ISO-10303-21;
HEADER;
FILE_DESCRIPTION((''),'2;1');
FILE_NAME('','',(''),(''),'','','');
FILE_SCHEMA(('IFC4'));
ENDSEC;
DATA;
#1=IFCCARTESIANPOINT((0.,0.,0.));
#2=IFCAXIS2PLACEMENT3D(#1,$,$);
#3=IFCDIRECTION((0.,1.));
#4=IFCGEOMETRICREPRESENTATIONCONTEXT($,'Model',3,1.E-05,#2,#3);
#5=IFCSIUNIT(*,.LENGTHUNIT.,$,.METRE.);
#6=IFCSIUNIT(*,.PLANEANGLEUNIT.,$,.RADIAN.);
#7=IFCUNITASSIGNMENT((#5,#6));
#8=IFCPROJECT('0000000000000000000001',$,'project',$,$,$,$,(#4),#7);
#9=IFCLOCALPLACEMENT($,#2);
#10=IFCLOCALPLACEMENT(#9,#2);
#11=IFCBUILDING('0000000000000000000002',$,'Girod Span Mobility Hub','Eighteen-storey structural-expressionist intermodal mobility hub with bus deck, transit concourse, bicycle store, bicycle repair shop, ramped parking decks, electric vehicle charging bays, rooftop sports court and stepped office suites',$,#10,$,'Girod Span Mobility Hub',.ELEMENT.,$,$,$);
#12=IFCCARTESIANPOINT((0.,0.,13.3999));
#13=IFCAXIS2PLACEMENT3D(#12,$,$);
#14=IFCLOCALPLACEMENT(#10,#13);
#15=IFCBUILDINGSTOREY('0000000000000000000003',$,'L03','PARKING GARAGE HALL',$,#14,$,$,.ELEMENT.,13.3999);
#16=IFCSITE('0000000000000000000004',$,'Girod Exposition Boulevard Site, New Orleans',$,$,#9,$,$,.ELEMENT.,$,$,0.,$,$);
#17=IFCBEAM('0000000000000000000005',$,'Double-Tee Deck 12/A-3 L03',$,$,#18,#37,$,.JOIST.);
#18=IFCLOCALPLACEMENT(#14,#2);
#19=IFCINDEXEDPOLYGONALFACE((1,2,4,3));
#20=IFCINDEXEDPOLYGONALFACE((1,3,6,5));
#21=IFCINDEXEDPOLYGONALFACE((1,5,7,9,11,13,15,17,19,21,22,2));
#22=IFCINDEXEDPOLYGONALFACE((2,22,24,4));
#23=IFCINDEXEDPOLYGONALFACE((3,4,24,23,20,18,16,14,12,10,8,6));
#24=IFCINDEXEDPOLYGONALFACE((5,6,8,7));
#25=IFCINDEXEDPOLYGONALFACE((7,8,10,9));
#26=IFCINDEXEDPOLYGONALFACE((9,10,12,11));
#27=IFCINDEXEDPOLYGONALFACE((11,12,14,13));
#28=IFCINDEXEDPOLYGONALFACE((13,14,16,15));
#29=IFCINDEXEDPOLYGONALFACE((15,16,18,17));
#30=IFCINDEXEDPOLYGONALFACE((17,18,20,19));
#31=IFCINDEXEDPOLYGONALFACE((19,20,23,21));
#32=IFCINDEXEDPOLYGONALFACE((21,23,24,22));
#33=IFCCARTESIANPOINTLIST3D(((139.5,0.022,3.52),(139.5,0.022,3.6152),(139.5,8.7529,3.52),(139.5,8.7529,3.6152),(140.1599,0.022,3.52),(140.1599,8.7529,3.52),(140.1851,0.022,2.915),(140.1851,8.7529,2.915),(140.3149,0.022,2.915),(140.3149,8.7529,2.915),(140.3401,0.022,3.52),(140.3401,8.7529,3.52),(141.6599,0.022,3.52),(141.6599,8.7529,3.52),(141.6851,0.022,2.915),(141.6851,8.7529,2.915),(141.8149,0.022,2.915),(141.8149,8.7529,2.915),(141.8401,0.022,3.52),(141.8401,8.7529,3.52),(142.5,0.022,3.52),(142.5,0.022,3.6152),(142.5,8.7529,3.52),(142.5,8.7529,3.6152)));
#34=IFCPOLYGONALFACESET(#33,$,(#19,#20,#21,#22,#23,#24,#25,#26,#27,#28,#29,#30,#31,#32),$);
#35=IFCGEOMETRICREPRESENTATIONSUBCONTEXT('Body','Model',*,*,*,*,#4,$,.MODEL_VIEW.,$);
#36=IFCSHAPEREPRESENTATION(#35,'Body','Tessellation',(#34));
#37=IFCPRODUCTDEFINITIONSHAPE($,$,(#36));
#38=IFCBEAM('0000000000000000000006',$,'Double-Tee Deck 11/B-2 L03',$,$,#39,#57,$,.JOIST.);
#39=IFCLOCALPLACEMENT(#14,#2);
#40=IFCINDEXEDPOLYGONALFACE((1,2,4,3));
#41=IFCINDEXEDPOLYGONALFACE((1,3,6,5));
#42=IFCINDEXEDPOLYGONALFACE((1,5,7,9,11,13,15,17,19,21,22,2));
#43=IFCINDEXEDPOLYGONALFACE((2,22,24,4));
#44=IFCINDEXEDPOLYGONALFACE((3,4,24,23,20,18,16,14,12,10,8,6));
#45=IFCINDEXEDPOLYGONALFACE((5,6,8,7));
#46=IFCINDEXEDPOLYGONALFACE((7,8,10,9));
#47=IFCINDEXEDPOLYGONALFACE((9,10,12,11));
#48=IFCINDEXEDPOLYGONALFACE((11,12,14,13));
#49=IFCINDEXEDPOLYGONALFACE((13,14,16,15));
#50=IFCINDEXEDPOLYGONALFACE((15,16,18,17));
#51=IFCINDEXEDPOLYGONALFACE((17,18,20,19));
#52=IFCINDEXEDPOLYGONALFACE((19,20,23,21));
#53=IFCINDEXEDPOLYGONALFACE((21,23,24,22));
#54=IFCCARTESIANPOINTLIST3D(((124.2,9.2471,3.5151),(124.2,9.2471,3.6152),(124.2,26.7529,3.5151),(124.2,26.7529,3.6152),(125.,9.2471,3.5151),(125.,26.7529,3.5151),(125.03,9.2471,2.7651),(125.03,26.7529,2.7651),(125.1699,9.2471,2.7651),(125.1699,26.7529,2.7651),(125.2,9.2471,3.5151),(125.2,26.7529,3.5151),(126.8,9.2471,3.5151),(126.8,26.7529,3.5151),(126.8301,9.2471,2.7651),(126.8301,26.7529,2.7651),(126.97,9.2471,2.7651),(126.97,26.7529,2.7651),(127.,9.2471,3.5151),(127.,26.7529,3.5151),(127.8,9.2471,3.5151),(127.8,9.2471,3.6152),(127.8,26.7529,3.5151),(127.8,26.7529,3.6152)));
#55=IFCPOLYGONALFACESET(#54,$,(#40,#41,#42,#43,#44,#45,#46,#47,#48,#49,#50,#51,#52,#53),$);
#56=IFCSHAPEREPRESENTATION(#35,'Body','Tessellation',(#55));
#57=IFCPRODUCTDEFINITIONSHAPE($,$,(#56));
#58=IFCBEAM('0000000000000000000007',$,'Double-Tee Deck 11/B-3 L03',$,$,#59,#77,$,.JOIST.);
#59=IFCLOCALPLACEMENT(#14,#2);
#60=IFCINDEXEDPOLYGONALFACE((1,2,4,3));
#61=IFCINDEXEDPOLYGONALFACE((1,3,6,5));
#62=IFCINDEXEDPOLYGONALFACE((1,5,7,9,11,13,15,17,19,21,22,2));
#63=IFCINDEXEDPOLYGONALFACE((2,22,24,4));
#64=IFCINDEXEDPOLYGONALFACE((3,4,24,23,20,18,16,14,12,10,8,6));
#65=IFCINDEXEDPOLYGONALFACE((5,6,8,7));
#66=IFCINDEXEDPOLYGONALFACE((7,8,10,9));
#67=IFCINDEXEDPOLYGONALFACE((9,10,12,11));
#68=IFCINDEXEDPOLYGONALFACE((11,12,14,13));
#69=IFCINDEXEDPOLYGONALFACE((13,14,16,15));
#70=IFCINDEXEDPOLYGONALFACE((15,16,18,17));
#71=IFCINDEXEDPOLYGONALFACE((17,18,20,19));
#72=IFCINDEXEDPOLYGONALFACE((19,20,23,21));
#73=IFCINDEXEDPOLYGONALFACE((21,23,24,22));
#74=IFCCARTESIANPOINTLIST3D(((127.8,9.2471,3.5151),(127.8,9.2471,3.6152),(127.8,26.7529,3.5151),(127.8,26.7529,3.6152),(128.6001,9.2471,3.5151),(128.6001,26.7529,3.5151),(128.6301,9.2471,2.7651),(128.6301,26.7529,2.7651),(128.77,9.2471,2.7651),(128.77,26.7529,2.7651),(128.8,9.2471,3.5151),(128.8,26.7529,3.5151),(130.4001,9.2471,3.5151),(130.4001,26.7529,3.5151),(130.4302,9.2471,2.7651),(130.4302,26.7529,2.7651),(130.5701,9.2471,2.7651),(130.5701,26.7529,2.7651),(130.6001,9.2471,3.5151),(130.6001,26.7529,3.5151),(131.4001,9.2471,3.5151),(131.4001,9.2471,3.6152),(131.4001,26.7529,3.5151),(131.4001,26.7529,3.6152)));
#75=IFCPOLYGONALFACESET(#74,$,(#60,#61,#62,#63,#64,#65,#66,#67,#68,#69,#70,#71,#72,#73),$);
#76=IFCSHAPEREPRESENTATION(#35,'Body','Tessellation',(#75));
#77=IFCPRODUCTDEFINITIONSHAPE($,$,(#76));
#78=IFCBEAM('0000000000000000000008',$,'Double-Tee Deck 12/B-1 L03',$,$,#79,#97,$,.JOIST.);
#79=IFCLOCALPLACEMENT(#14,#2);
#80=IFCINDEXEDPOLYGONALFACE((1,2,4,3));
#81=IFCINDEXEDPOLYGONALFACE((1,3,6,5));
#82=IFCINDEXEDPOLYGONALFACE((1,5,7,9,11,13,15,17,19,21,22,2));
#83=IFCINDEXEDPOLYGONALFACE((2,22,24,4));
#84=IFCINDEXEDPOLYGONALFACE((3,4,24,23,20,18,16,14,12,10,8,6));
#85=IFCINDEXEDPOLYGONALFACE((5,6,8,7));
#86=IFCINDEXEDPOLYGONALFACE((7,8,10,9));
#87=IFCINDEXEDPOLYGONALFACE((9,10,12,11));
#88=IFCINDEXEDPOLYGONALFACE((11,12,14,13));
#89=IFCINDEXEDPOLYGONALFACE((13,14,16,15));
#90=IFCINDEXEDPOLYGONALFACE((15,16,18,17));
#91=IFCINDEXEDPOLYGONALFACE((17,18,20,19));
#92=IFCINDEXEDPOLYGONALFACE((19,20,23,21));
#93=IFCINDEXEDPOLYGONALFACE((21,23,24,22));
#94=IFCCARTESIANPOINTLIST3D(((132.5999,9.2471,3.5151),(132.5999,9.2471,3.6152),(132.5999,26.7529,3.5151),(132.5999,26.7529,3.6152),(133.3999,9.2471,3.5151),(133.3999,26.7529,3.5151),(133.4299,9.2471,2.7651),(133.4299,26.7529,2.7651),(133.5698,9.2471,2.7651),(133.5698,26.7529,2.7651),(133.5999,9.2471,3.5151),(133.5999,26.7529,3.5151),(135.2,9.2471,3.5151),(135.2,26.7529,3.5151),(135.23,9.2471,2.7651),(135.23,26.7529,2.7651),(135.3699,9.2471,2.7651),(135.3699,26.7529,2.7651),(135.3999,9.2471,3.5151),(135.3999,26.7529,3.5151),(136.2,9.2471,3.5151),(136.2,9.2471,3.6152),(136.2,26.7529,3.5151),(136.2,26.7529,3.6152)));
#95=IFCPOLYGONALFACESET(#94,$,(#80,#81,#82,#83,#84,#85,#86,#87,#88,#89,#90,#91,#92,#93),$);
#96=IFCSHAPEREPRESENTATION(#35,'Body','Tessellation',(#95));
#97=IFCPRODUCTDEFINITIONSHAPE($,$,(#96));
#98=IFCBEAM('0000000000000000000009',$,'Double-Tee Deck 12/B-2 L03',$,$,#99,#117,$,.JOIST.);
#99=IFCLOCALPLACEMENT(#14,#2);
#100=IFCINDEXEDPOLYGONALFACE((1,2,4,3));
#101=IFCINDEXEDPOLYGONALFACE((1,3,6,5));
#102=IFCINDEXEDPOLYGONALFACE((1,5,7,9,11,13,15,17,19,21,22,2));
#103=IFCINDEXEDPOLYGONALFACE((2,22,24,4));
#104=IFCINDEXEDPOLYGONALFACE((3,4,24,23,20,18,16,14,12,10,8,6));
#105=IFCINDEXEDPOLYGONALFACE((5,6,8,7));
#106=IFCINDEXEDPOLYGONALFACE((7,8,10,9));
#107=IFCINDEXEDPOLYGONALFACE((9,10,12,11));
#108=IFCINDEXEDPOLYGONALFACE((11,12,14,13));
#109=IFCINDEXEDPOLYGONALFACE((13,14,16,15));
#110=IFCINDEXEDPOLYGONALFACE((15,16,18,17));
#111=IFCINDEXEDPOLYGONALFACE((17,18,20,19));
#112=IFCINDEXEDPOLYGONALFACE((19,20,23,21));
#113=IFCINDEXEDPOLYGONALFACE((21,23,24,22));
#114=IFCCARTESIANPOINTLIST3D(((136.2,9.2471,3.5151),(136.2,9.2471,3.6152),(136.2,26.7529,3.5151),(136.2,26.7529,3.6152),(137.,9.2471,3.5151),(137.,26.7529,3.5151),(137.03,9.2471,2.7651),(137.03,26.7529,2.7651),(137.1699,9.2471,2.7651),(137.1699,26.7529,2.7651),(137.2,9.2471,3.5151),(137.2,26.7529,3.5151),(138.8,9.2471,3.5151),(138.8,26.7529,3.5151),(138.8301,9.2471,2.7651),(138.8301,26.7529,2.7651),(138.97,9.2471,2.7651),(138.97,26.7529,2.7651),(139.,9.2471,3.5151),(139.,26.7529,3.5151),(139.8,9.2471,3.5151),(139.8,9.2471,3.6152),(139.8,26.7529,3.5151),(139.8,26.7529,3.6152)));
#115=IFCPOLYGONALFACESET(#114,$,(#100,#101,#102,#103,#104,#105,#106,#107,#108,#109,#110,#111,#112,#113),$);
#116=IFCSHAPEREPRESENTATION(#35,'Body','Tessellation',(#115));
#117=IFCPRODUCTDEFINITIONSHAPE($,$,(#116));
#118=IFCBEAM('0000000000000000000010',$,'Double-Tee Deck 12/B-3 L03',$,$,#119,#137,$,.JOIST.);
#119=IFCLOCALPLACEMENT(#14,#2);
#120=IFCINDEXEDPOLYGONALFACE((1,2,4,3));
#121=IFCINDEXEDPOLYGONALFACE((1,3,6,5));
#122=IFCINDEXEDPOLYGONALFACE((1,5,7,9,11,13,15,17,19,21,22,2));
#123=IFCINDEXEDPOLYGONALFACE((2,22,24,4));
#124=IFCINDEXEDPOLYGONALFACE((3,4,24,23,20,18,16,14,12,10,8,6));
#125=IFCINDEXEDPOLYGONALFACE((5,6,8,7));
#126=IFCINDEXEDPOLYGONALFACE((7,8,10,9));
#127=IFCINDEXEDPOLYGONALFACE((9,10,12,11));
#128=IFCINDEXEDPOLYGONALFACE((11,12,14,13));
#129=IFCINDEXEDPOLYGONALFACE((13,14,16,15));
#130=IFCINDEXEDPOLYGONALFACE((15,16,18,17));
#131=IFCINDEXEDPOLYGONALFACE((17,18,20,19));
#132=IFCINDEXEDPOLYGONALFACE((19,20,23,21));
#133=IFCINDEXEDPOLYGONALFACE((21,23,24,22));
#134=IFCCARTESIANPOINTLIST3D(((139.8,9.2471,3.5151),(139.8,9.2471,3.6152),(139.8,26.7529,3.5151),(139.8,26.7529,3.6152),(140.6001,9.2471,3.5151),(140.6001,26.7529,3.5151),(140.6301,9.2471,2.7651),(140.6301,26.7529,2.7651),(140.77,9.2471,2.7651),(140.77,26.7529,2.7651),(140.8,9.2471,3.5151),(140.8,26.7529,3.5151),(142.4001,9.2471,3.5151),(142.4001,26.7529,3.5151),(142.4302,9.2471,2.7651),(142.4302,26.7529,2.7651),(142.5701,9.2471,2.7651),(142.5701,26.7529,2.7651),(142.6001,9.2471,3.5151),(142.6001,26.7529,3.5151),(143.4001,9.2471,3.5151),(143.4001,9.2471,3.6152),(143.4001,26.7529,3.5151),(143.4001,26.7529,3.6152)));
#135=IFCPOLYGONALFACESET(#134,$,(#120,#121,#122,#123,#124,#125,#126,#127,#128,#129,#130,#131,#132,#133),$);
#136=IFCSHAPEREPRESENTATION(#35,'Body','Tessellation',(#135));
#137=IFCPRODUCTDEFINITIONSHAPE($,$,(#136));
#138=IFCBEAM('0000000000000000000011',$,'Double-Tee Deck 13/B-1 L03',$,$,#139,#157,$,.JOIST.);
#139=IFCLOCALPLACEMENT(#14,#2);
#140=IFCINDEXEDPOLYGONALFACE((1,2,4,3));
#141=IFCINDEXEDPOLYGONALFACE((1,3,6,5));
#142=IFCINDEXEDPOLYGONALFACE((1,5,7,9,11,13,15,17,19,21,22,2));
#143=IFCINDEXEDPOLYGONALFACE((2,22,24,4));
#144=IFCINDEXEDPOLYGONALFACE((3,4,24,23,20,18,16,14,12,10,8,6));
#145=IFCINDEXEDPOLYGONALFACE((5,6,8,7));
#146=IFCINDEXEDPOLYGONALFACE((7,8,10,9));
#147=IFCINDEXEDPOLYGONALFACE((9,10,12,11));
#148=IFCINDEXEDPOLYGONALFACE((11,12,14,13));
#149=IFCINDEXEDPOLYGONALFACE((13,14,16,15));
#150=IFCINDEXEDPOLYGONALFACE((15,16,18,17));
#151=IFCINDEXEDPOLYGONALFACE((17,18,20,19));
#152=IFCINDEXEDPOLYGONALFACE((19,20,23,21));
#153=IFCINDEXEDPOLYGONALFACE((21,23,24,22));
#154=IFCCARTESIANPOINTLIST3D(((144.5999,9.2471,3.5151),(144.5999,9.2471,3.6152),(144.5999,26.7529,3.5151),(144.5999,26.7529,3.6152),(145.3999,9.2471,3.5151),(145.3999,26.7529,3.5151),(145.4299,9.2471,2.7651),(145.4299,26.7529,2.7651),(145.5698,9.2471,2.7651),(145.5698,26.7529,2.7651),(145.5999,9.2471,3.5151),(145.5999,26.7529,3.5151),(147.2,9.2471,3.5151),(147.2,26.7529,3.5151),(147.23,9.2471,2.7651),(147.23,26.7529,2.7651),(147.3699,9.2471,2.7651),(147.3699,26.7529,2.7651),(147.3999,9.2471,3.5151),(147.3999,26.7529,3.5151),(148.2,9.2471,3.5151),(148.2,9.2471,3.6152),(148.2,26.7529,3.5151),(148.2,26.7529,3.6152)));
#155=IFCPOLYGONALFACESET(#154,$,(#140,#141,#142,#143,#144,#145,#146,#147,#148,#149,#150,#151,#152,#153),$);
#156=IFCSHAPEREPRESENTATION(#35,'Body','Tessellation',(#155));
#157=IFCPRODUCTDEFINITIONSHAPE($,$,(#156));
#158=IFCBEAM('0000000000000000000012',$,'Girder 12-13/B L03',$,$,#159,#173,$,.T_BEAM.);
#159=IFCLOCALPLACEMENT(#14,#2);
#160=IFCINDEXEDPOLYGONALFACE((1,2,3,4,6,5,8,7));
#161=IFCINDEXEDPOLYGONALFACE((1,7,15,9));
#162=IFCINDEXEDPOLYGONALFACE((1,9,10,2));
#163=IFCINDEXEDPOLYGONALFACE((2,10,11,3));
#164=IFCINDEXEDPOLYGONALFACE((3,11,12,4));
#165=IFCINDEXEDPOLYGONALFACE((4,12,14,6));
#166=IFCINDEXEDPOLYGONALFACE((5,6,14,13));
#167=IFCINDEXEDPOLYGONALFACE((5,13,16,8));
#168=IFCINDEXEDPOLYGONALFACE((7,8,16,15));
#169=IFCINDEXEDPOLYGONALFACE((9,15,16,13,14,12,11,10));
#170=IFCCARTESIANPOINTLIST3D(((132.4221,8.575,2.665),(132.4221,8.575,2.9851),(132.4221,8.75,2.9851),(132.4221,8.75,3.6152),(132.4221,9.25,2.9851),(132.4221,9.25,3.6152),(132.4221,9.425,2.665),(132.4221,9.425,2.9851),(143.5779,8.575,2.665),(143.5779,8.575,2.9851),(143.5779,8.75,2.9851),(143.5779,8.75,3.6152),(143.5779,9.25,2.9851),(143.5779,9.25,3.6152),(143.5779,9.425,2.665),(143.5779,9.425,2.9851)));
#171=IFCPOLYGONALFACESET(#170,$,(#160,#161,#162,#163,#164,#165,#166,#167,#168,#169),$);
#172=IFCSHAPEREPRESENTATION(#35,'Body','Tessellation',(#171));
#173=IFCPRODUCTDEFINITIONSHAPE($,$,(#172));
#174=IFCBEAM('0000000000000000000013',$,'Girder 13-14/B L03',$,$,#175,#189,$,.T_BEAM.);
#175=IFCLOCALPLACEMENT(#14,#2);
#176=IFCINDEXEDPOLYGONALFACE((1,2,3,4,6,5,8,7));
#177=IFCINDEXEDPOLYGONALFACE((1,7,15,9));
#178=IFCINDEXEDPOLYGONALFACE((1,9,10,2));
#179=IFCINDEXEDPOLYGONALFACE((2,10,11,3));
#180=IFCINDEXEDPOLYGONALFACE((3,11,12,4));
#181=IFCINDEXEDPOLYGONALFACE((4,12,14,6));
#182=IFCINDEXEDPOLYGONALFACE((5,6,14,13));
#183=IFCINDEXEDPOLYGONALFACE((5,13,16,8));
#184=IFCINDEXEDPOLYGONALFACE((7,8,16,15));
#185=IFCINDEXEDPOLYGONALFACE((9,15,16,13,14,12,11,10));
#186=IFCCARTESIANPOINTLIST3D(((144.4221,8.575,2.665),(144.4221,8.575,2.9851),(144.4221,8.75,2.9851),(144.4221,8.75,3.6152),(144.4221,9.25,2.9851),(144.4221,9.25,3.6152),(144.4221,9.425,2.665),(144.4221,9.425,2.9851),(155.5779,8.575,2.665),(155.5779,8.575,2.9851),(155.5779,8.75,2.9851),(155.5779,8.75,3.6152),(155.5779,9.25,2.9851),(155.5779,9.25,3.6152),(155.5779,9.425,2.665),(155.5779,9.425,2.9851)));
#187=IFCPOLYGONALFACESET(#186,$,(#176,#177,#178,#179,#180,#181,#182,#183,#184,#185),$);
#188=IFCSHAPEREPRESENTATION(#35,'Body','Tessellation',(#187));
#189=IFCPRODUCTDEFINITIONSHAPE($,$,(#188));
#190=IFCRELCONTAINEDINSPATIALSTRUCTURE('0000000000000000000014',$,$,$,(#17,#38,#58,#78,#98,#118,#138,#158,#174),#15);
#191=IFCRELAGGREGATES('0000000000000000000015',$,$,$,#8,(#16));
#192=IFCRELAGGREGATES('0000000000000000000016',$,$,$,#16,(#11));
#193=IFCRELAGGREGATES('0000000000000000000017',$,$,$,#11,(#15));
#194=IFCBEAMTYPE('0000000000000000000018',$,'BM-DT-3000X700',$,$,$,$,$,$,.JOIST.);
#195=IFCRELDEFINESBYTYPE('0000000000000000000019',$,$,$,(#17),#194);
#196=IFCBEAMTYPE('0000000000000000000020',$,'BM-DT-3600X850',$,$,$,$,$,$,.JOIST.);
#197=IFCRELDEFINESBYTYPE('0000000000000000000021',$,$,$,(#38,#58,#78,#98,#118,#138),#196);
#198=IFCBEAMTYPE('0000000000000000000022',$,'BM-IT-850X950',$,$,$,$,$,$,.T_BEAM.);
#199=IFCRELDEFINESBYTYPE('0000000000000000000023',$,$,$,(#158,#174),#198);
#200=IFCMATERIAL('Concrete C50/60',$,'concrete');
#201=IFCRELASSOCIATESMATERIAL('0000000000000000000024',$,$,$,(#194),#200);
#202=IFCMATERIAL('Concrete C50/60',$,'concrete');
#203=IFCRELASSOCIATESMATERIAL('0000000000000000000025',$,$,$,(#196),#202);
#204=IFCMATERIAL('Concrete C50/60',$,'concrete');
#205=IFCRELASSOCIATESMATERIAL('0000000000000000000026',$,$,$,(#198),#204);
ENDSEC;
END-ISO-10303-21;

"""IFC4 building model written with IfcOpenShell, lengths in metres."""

from ifc_helpers import new_model, si_unit, direction, frame, origin, place, context, subcontext, project, spatial, polyline, outline, extrude, material, material_profile, profile_set, type_object, element, save


model = new_model("IFC4")

# Units and contexts
model_context = context("Model", 3, precision=1e-05, world=origin(), true_north=direction((0.0, 1.0)))
body_context = subcontext(model_context, "Body", "Model", "MODEL_VIEW")
ifc_project = project(units=[si_unit("LENGTHUNIT", "METRE"), si_unit("PLANEANGLEUNIT", "RADIAN")], contexts=[model_context])

# Site, building, storey
site_placement = place(None, origin())
site = spatial("IfcSite", under=ifc_project, at=site_placement, Name="Girod Exposition Boulevard Site, New Orleans", CompositionType="ELEMENT", RefElevation=0.0)
building_placement = place(site_placement, origin())
building = spatial("IfcBuilding", under=site, at=building_placement, Name="Girod Span Mobility Hub", Description="Eighteen-storey structural-expressionist intermodal mobility hub with bus deck, transit concourse, bicycle store, bicycle repair shop, ramped parking decks, electric vehicle charging bays, rooftop sports court and stepped office suites", LongName="Girod Span Mobility Hub", CompositionType="ELEMENT")
storey_placement = place(building_placement, frame((0.0, 0.0, 13.3999)))
storey = spatial("IfcBuildingStorey", under=building, at=storey_placement, Name="L03", Description="PARKING GARAGE HALL", CompositionType="ELEMENT", Elevation=13.3999)

# Beams
ifc_material_1 = material(Name="Concrete C50/60", Category="concrete")
ifc_material_profile_1 = material_profile(ifc_material_1, outline(polyline([(-1.5, 0.3501), (-1.5, 0.2549), (-0.8401, 0.2549), (-0.8149, -0.3501), (-0.6851, -0.3501), (-0.6599, 0.2549), (0.6599, 0.2549), (0.6851, -0.3501), (0.8149, -0.3501), (0.8401, 0.2549), (1.5, 0.2549), (1.5, 0.3501), (-1.5, 0.3501)])), Name="DT-3000X700")
ifc_profile_set_1 = profile_set([ifc_material_profile_1], Name="Concrete C50/60")
beam_type_1 = type_object("IfcBeamType", Name="BM-DT-3000X700", PredefinedType="JOIST", material=ifc_profile_set_1)
for number, where, z_axis, x_axis, name in (
    (1, (141.0, 0.022, 3.2651), (0.0, 1.0, 0.0), (-1.0, 0.0, 0.0), "Double-Tee Deck 12/A-3 L03"),
):
    element("IfcBeam", number, at=place(storey_placement, frame(where, z_axis=z_axis, x_axis=x_axis)), inside=storey, type_object=beam_type_1, Name=name, PredefinedType="JOIST", context=body_context, shape_type="SweptSolid", body=[
        extrude(outline(polyline([(-1.5, 0.3501), (-1.5, 0.2549), (-0.8401, 0.2549), (-0.8149, -0.3501), (-0.6851, -0.3501), (-0.6599, 0.2549), (0.6599, 0.2549), (0.6851, -0.3501), (0.8149, -0.3501), (0.8401, 0.2549), (1.5, 0.2549), (1.5, 0.3501), (-1.5, 0.3501)])), origin(), (0.0, 0.0, 1.0), 8.731),
    ])
ifc_material_2 = material(Name="Concrete C50/60", Category="concrete")
ifc_material_profile_2 = material_profile(ifc_material_2, outline(polyline([(-1.8, 0.425), (-1.8, 0.325), (-1.0, 0.325), (-0.97, -0.425), (-0.8301, -0.425), (-0.8, 0.325), (0.8, 0.325), (0.8301, -0.425), (0.97, -0.425), (1.0, 0.325), (1.8, 0.325), (1.8, 0.425), (-1.8, 0.425)])), Name="DT-3600X850")
ifc_profile_set_2 = profile_set([ifc_material_profile_2], Name="Concrete C50/60")
beam_type_2 = type_object("IfcBeamType", Name="BM-DT-3600X850", PredefinedType="JOIST", material=ifc_profile_set_2)
for number, where, z_axis, x_axis, name in (
    (2, (126.0, 9.2471, 3.1902), (0.0, 1.0, 0.0), (-1.0, 0.0, 0.0), "Double-Tee Deck 11/B-2 L03"),
    (3, (129.6001, 9.2471, 3.1902), (0.0, 1.0, 0.0), (-1.0, 0.0, 0.0), "Double-Tee Deck 11/B-3 L03"),
    (4, (134.3999, 9.2471, 3.1902), (0.0, 1.0, 0.0), (-1.0, 0.0, 0.0), "Double-Tee Deck 12/B-1 L03"),
    (5, (138.0, 9.2471, 3.1902), (0.0, 1.0, 0.0), (-1.0, 0.0, 0.0), "Double-Tee Deck 12/B-2 L03"),
    (6, (141.6001, 9.2471, 3.1902), (0.0, 1.0, 0.0), (-1.0, 0.0, 0.0), "Double-Tee Deck 12/B-3 L03"),
    (7, (146.3999, 9.2471, 3.1902), (0.0, 1.0, 0.0), (-1.0, 0.0, 0.0), "Double-Tee Deck 13/B-1 L03"),
):
    element("IfcBeam", number, at=place(storey_placement, frame(where, z_axis=z_axis, x_axis=x_axis)), inside=storey, type_object=beam_type_2, Name=name, PredefinedType="JOIST", context=body_context, shape_type="SweptSolid", body=[
        extrude(outline(polyline([(-1.8, 0.425), (-1.8, 0.325), (-1.0, 0.325), (-0.97, -0.425), (-0.8301, -0.425), (-0.8, 0.325), (0.8, 0.325), (0.8301, -0.425), (0.97, -0.425), (1.0, 0.325), (1.8, 0.325), (1.8, 0.425), (-1.8, 0.425)])), origin(), (0.0, 0.0, 1.0), 17.5059),
    ])
ifc_material_3 = material(Name="Concrete C50/60", Category="concrete")
ifc_material_profile_3 = material_profile(ifc_material_3, outline(polyline([(-0.425, -0.4751), (0.425, -0.4751), (0.425, -0.155), (0.25, -0.155), (0.25, 0.4751), (-0.25, 0.4751), (-0.25, -0.155), (-0.425, -0.155), (-0.425, -0.4751)])), Name="IT-850X950")
ifc_profile_set_3 = profile_set([ifc_material_profile_3], Name="Concrete C50/60")
beam_type_3 = type_object("IfcBeamType", Name="BM-IT-850X950", PredefinedType="T_BEAM", material=ifc_profile_set_3)
for number, where, z_axis, x_axis, name in (
    (8, (132.4221, 9.0, 3.1401), (1.0, 0.0, 0.0), (0.0, 1.0, 0.0), "Girder 12-13/B L03"),
    (9, (144.4221, 9.0, 3.1401), (1.0, 0.0, 0.0), (0.0, 1.0, 0.0), "Girder 13-14/B L03"),
):
    element("IfcBeam", number, at=place(storey_placement, frame(where, z_axis=z_axis, x_axis=x_axis)), inside=storey, type_object=beam_type_3, Name=name, PredefinedType="T_BEAM", context=body_context, shape_type="SweptSolid", body=[
        extrude(outline(polyline([(-0.425, -0.4751), (0.425, -0.4751), (0.425, -0.155), (0.25, -0.155), (0.25, 0.4751), (-0.25, 0.4751), (-0.25, -0.155), (-0.425, -0.155), (-0.425, -0.4751)])), origin(), (0.0, 0.0, 1.0), 11.1558),
    ])

save(model, "model.ifc")
